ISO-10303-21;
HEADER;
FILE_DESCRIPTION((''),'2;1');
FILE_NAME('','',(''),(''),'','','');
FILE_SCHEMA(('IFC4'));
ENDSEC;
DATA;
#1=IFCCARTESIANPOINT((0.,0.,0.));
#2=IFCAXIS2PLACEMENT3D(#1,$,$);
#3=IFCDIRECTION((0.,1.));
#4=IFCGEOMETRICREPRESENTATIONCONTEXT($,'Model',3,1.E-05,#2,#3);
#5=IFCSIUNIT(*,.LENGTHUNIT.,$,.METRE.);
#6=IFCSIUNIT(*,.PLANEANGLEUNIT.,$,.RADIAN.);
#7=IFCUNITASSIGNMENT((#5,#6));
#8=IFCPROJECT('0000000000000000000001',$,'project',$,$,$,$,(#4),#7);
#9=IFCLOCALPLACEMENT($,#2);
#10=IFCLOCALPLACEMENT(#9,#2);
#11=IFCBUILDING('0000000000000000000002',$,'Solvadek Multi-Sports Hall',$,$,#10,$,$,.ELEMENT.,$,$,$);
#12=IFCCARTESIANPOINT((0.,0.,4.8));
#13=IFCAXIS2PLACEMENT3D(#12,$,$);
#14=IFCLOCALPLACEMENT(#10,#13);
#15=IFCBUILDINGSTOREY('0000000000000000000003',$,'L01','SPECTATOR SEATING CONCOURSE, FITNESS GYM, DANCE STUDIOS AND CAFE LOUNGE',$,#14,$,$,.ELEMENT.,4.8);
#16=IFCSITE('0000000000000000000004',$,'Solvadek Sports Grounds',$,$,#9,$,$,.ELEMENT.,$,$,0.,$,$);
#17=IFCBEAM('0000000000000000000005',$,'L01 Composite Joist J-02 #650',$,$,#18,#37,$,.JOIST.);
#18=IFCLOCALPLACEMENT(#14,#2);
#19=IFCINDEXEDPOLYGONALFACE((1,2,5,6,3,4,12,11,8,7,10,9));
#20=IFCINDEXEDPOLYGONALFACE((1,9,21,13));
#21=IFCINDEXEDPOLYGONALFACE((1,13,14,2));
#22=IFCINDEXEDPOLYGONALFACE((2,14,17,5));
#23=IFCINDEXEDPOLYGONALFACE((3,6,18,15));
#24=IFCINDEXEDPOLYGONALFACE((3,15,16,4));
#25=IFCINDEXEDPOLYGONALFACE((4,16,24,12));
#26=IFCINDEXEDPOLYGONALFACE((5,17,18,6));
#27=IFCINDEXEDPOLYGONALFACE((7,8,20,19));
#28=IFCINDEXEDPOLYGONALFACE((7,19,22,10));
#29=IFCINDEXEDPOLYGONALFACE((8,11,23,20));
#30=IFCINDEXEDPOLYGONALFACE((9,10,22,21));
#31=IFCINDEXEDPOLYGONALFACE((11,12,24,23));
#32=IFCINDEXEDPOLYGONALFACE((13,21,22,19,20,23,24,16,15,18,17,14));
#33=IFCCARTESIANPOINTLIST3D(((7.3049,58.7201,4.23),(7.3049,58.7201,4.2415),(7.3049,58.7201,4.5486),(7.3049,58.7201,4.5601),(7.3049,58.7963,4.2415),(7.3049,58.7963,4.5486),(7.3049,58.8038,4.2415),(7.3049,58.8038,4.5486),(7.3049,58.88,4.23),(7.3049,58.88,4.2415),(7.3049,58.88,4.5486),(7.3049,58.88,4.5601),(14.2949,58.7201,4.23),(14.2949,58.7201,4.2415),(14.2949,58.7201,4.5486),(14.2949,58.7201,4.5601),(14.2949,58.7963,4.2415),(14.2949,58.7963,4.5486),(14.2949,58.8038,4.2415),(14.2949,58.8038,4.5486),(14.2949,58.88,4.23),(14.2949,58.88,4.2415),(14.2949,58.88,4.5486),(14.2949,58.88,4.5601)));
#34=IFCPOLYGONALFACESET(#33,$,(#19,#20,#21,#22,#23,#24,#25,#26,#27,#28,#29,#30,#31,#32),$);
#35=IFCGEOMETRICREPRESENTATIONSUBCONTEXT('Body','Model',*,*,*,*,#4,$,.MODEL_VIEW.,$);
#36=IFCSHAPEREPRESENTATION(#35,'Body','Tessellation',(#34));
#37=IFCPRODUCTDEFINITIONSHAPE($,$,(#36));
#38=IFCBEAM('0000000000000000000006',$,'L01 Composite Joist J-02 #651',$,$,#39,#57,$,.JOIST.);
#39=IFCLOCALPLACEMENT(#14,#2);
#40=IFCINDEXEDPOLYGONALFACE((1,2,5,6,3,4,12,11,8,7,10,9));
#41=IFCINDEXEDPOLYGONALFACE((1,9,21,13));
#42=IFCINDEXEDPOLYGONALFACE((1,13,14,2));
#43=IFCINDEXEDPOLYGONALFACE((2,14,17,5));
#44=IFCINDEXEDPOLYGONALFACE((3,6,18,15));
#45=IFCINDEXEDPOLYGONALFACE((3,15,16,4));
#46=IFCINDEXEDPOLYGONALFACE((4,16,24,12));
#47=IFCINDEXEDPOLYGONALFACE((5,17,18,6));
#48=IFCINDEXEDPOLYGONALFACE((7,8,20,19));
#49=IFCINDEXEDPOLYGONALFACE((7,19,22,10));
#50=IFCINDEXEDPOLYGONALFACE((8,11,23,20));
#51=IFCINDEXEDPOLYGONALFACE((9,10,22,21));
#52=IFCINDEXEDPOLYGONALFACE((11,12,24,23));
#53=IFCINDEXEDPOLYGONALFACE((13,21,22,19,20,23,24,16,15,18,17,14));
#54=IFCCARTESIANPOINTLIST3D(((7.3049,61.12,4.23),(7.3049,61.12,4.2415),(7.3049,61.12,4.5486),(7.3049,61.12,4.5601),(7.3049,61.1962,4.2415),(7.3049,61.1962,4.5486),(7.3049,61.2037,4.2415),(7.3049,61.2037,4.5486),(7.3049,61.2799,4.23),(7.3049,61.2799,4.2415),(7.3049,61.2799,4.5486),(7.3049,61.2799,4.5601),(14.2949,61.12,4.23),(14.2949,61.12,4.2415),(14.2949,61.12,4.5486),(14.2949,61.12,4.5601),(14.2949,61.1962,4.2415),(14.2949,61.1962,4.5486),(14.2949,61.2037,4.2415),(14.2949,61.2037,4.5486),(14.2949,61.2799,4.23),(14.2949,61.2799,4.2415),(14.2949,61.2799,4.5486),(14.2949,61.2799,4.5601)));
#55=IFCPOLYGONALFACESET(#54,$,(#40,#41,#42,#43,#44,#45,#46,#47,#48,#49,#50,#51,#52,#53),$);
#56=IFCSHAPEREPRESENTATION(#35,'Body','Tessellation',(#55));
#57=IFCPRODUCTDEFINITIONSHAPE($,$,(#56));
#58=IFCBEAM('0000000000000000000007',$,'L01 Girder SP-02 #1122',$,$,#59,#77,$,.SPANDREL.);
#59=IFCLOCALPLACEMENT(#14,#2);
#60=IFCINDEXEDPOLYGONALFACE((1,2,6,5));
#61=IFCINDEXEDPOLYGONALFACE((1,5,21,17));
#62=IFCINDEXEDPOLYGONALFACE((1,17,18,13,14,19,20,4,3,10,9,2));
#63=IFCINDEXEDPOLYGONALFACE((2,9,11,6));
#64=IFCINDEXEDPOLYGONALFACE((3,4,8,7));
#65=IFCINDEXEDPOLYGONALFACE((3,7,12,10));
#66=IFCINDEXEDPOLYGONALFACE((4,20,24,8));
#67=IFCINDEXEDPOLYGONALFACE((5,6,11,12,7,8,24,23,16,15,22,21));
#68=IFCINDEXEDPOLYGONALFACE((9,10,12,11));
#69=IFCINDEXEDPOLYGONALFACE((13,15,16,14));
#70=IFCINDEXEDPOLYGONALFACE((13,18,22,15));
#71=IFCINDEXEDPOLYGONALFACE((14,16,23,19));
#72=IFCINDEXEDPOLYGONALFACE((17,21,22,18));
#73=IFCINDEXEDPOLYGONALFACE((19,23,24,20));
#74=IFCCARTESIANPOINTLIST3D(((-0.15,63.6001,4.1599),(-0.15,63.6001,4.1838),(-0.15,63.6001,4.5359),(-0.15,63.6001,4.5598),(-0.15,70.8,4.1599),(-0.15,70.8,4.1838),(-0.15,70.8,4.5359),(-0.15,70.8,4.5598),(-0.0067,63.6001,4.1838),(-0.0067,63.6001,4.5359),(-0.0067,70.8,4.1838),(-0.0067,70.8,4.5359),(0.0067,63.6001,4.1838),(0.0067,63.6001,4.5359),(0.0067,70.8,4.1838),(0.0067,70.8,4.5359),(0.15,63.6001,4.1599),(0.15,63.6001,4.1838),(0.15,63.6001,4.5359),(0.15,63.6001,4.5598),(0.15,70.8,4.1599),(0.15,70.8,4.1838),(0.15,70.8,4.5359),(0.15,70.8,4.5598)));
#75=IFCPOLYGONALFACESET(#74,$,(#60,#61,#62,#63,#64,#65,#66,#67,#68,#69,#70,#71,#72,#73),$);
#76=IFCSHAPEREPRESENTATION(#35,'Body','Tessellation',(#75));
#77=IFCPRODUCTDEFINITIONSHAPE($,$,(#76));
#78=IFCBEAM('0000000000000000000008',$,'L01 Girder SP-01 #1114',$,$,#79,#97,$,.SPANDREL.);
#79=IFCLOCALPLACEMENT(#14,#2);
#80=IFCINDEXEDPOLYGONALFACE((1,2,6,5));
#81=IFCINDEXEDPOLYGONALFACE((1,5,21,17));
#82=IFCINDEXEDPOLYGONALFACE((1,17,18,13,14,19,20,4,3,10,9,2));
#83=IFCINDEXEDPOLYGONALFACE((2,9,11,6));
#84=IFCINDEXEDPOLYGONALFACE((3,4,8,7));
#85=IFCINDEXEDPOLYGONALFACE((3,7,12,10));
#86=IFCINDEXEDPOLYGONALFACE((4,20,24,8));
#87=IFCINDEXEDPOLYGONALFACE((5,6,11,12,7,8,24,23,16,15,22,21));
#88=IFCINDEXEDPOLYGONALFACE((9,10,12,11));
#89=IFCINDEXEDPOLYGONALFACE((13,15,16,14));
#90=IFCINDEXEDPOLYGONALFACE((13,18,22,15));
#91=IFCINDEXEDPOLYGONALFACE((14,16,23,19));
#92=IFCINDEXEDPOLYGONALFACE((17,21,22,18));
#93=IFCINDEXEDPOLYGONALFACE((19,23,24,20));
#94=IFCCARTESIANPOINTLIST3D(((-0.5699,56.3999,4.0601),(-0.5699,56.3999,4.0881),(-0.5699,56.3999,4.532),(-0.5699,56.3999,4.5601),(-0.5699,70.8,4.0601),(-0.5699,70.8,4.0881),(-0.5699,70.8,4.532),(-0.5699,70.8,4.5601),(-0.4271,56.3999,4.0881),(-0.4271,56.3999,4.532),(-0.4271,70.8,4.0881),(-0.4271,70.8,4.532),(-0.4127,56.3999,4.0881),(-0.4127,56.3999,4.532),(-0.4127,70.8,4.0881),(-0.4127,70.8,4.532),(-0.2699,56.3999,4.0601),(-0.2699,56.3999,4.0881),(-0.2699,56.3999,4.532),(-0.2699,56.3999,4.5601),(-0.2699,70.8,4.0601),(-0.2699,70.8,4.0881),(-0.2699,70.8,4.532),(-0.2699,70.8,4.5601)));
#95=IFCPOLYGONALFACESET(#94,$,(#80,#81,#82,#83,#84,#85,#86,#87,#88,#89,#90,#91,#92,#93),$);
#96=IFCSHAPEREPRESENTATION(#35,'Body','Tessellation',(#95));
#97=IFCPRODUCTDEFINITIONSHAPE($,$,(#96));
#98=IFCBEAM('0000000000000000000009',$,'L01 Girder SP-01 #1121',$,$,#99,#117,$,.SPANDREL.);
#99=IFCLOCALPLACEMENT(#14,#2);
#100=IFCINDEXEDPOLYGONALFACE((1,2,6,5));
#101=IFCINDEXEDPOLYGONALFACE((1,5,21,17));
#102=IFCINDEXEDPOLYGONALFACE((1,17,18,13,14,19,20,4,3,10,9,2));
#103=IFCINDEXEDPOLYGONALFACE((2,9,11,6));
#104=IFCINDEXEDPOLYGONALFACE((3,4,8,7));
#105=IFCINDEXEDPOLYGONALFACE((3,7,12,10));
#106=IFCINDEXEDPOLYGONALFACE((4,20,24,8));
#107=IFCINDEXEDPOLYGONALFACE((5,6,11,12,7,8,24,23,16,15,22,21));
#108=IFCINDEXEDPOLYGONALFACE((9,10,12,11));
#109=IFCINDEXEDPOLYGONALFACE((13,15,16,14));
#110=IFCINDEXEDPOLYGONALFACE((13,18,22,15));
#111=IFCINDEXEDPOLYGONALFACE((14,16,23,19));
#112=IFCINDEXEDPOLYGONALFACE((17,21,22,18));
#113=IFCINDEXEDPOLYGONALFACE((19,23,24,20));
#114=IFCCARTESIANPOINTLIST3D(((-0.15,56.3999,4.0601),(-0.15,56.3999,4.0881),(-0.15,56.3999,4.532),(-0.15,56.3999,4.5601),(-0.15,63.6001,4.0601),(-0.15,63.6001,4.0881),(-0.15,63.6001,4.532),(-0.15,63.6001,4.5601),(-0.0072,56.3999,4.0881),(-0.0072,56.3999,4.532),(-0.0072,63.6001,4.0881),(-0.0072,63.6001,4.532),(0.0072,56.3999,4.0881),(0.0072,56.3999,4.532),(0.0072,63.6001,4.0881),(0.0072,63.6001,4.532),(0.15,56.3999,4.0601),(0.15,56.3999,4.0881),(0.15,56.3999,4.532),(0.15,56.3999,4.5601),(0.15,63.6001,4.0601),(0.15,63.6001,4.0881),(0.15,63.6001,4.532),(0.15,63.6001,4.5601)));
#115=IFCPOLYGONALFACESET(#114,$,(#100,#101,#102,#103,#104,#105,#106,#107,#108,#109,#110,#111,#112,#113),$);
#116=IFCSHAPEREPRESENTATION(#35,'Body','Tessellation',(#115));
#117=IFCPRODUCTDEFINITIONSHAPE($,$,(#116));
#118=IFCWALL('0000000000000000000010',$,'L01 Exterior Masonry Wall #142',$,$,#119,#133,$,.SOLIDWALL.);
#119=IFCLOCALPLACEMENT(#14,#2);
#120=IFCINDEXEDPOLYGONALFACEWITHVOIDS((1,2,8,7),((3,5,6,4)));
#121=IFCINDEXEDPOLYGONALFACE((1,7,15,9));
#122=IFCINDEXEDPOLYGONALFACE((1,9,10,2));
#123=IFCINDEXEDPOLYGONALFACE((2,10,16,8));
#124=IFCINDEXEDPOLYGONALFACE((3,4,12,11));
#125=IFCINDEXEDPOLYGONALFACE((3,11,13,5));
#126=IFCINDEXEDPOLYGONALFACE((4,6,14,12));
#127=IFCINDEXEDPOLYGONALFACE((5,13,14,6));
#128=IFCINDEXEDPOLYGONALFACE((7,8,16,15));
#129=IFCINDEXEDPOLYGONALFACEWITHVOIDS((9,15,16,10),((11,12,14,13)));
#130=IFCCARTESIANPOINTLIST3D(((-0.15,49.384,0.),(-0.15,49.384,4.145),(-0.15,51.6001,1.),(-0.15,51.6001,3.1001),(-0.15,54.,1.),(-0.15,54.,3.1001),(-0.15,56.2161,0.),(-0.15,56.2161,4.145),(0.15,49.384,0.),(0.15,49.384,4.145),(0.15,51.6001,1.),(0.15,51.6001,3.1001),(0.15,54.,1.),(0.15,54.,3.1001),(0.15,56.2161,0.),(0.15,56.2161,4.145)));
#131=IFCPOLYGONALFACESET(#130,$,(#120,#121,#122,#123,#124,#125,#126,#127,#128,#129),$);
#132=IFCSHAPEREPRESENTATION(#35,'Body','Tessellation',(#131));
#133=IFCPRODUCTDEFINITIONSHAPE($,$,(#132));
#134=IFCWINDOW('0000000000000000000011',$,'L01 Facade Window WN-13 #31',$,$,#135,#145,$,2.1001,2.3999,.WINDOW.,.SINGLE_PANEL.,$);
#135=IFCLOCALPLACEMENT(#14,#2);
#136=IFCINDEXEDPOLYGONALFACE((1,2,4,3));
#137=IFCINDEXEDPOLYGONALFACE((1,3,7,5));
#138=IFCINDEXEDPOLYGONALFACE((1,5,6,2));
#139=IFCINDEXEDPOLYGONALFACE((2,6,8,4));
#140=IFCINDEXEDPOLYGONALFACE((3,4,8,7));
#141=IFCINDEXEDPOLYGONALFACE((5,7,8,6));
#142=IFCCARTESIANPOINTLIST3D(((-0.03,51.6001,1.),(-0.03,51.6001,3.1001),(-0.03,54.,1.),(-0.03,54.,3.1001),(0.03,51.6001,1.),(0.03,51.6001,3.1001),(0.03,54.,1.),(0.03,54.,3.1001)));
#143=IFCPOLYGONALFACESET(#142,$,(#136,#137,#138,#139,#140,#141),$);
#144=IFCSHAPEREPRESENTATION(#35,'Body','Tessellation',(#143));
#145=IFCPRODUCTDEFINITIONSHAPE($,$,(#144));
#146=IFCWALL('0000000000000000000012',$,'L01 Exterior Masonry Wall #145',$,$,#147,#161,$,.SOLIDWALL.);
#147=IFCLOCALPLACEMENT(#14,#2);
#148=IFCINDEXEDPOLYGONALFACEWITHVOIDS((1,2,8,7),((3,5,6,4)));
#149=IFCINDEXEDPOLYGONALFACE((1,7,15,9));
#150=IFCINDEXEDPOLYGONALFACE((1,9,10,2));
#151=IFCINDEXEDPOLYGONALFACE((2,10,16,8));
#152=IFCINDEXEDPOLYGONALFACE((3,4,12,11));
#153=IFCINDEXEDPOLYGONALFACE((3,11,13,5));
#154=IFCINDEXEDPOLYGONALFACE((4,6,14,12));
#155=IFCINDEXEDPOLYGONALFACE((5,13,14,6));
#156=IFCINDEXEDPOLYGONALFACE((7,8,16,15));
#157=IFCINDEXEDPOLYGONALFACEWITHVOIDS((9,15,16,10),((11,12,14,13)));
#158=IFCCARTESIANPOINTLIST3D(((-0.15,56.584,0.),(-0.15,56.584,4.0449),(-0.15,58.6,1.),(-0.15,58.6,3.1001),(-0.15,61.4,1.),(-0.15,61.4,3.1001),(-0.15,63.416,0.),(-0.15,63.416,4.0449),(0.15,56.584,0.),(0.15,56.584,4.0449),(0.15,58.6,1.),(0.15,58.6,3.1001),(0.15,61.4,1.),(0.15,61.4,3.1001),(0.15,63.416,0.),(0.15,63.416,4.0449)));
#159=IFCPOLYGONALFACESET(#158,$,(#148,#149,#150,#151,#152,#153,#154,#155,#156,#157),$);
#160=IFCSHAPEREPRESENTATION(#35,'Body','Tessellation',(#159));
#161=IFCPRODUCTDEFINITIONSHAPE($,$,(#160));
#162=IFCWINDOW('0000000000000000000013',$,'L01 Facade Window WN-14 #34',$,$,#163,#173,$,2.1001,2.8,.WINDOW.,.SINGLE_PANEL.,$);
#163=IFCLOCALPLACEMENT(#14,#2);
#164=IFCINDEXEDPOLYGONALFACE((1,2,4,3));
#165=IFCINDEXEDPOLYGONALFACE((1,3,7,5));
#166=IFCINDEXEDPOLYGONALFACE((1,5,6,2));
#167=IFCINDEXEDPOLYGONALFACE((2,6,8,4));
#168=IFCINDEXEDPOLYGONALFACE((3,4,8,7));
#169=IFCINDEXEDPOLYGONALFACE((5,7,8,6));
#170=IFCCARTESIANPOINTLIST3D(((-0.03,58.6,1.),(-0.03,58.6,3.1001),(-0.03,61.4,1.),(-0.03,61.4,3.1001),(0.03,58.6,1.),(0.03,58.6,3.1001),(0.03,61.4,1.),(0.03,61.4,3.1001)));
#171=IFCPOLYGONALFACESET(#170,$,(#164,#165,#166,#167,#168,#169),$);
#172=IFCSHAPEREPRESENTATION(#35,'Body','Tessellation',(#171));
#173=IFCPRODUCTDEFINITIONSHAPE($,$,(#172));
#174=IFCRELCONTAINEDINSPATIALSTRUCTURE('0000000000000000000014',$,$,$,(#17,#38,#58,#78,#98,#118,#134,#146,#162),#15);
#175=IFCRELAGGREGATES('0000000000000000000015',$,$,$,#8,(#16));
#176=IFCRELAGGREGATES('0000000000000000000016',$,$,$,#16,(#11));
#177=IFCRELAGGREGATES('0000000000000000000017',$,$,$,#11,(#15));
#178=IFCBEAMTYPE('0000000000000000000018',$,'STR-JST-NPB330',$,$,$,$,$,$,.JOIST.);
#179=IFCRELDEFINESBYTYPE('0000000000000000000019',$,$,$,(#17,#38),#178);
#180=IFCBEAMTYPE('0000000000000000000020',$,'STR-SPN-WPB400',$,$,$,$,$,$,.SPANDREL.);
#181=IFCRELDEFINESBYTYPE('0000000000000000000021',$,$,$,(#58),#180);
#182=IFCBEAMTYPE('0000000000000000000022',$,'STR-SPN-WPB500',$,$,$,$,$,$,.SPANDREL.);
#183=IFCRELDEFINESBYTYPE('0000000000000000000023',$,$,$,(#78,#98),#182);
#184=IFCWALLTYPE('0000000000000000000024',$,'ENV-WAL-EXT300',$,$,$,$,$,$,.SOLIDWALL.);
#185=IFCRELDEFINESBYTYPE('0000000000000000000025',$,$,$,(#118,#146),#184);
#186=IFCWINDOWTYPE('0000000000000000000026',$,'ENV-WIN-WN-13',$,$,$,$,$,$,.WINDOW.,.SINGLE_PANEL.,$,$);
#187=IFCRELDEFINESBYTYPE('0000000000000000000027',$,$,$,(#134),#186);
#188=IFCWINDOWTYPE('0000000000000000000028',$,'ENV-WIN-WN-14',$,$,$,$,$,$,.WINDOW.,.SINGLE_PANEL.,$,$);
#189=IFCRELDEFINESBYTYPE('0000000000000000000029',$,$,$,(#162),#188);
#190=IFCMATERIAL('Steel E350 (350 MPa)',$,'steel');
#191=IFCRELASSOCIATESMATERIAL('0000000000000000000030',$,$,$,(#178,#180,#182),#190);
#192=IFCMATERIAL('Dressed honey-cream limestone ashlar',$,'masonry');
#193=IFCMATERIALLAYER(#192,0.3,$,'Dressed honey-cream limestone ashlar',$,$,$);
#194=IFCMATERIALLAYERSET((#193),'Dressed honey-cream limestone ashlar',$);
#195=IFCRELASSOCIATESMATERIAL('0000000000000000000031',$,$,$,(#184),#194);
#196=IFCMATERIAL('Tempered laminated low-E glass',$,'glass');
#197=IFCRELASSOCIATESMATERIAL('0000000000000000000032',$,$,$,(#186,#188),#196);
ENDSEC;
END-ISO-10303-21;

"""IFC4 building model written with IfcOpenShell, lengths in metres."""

from ifc_helpers import new_model, si_unit, direction, frame, frame_2d, origin, origin_2d, place, context, subcontext, project, spatial, rectangle, i_section, extrude, material, layer, layer_set, material_profile, profile_set, type_object, element, fill, save


model = new_model("IFC4")

# Units and contexts
model_context = context("Model", 3, precision=1e-05, world=origin(), true_north=direction((0.0, 1.0)))
body_context = subcontext(model_context, "Body", "Model", "MODEL_VIEW")
ifc_project = project(units=[si_unit("LENGTHUNIT", "METRE"), si_unit("PLANEANGLEUNIT", "RADIAN")], contexts=[model_context])

# Site, building, storey
site_placement = place(None, origin())
site = spatial("IfcSite", under=ifc_project, at=site_placement, Name="Solvadek Sports Grounds", CompositionType="ELEMENT", RefElevation=0.0)
building_placement = place(site_placement, origin())
building = spatial("IfcBuilding", under=site, at=building_placement, Name="Solvadek Multi-Sports Hall", CompositionType="ELEMENT")
storey_placement = place(building_placement, frame((0.0, 0.0, 4.8)))
storey = spatial("IfcBuildingStorey", under=building, at=storey_placement, Name="L01", Description="SPECTATOR SEATING CONCOURSE, FITNESS GYM, DANCE STUDIOS AND CAFE LOUNGE", CompositionType="ELEMENT", Elevation=4.8)

# Shared definitions
ifc_material_1 = material(Name="Steel E350 (350 MPa)", Category="steel")

# Beams
ifc_material_profile_1 = material_profile(ifc_material_1, i_section(OverallWidth=0.1599, OverallDepth=0.3301, WebThickness=0.0076, FlangeThickness=0.0115, at=origin_2d()), Name="NPB 330")
ifc_profile_set_1 = profile_set([ifc_material_profile_1], Name="Steel E350 (350 MPa)")
beam_type_1 = type_object("IfcBeamType", Name="STR-JST-NPB330", PredefinedType="JOIST", material=ifc_profile_set_1)
for number, where, z_axis, x_axis, name in (
    (1, (7.3049, 58.8, 4.395), (1.0, 0.0, 0.0), (0.0, 1.0, 0.0), "L01 Composite Joist J-02 #650"),
    (2, (7.3049, 61.2, 4.395), (1.0, 0.0, 0.0), (0.0, 1.0, 0.0), "L01 Composite Joist J-02 #651"),
):
    element("IfcBeam", number, at=place(storey_placement, frame(where, z_axis=z_axis, x_axis=x_axis)), inside=storey, type_object=beam_type_1, Name=name, PredefinedType="JOIST", context=body_context, shape_type="SweptSolid", body=[
        extrude(i_section(OverallWidth=0.1599, OverallDepth=0.3301, WebThickness=0.0076, FlangeThickness=0.0115, at=origin_2d()), origin(), (0.0, 0.0, 1.0), 6.99),
    ])
ifc_material_profile_2 = material_profile(ifc_material_1, i_section(OverallWidth=0.3, OverallDepth=0.3999, WebThickness=0.0134, FlangeThickness=0.0239, at=origin_2d()), Name="WPB 400")
ifc_profile_set_2 = profile_set([ifc_material_profile_2], Name="Steel E350 (350 MPa)")
beam_type_2 = type_object("IfcBeamType", Name="STR-SPN-WPB400", PredefinedType="SPANDREL", material=ifc_profile_set_2)
beam_1_placement = place(storey_placement, frame((0.0, 63.6001, 4.3599), z_axis=(0.0, 1.0, 0.0), x_axis=(-1.0, 0.0, 0.0)))
element("IfcBeam", 3, at=beam_1_placement, inside=storey, type_object=beam_type_2, Name="L01 Girder SP-02 #1122", PredefinedType="SPANDREL", context=body_context, shape_type="SweptSolid", body=[
    extrude(i_section(OverallWidth=0.3, OverallDepth=0.3999, WebThickness=0.0134, FlangeThickness=0.0239, at=origin_2d()), origin(), (0.0, 0.0, 1.0), 7.2),
])
ifc_material_profile_3 = material_profile(ifc_material_1, i_section(OverallWidth=0.3, OverallDepth=0.5, WebThickness=0.0144, FlangeThickness=0.0281, at=origin_2d()), Name="WPB 500")
ifc_profile_set_3 = profile_set([ifc_material_profile_3], Name="Steel E350 (350 MPa)")
beam_type_3 = type_object("IfcBeamType", Name="STR-SPN-WPB500", PredefinedType="SPANDREL", material=ifc_profile_set_3)
beam_2_placement = place(storey_placement, frame((-0.4199, 56.3999, 4.3101), z_axis=(0.0, 1.0, 0.0), x_axis=(-1.0, 0.0, 0.0)))
element("IfcBeam", 4, at=beam_2_placement, inside=storey, type_object=beam_type_3, Name="L01 Girder SP-01 #1114", PredefinedType="SPANDREL", context=body_context, shape_type="SweptSolid", body=[
    extrude(i_section(OverallWidth=0.3, OverallDepth=0.5, WebThickness=0.0144, FlangeThickness=0.0281, at=origin_2d()), origin(), (0.0, 0.0, 1.0), 14.4001),
])
beam_3_placement = place(storey_placement, frame((0.0, 56.3999, 4.3101), z_axis=(0.0, 1.0, 0.0), x_axis=(-1.0, 0.0, 0.0)))
element("IfcBeam", 5, at=beam_3_placement, inside=storey, type_object=beam_type_3, Name="L01 Girder SP-01 #1121", PredefinedType="SPANDREL", context=body_context, shape_type="SweptSolid", body=[
    extrude(i_section(OverallWidth=0.3, OverallDepth=0.5, WebThickness=0.0144, FlangeThickness=0.0281, at=origin_2d()), origin(), (0.0, 0.0, 1.0), 7.2002),
])

# Walls, openings, windows
ifc_material_2 = material(Name="Dressed honey-cream limestone ashlar", Category="masonry")
ifc_layer = layer(ifc_material_2, 0.3, Name="Dressed honey-cream limestone ashlar")
ifc_layer_set = layer_set([ifc_layer], Name="Dressed honey-cream limestone ashlar")
wall_type = type_object("IfcWallType", Name="ENV-WAL-EXT300", PredefinedType="SOLIDWALL", material=ifc_layer_set)
wall_1_placement = place(storey_placement, frame((0.0, 49.384, 0.0), z_axis=(0.0, 0.0, 1.0), x_axis=(0.0, 1.0, 0.0)))
wall_1 = element("IfcWall", 6, at=wall_1_placement, inside=storey, type_object=wall_type, Name="L01 Exterior Masonry Wall #142", PredefinedType="SOLIDWALL", context=body_context, shape_type="SweptSolid", body=[
    extrude(rectangle(XDim=6.832, YDim=0.3, at=frame_2d((3.416, 0.0))), origin(), (0.0, 0.0, 1.0), 4.145),
])
opening_1_placement = place(wall_1_placement, frame((2.2161, 0.0, 1.0)))
opening_1 = element("IfcOpeningElement", 7, at=opening_1_placement, cuts=wall_1, PredefinedType="OPENING", context=body_context, shape_type="SweptSolid", body=[
    extrude(rectangle(XDim=2.3999, YDim=2.1001, at=frame_2d((1.2, 1.05))), frame((0.0, 0.1599, 0.0), z_axis=(0.0, -1.0, 0.0), x_axis=(1.0, 0.0, 0.0)), (0.0, 0.0, 1.0), 0.3201),
])
ifc_material_3 = material(Name="Tempered laminated low-E glass", Category="glass")
window_type_1 = type_object("IfcWindowType", Name="ENV-WIN-WN-13", PartitioningType="SINGLE_PANEL", PredefinedType="WINDOW", material=ifc_material_3)
window_1_placement = place(opening_1_placement, origin())
window_1 = element("IfcWindow", 8, at=window_1_placement, inside=storey, type_object=window_type_1, Name="L01 Facade Window WN-13 #31", OverallHeight=2.1001, OverallWidth=2.3999, PartitioningType="SINGLE_PANEL", PredefinedType="WINDOW", context=body_context, shape_type="SweptSolid", body=[
    extrude(rectangle(XDim=2.3999, YDim=2.1001, at=frame_2d((1.2, 1.05))), frame((0.0, 0.03, 0.0), z_axis=(0.0, -1.0, 0.0), x_axis=(1.0, 0.0, 0.0)), (0.0, 0.0, 1.0), 0.0601),
])
fill(opening_1, window_1)
wall_2_placement = place(storey_placement, frame((0.0, 56.584, 0.0), z_axis=(0.0, 0.0, 1.0), x_axis=(0.0, 1.0, 0.0)))
wall_2 = element("IfcWall", 9, at=wall_2_placement, inside=storey, type_object=wall_type, Name="L01 Exterior Masonry Wall #145", PredefinedType="SOLIDWALL", context=body_context, shape_type="SweptSolid", body=[
    extrude(rectangle(XDim=6.832, YDim=0.3, at=frame_2d((3.416, 0.0))), origin(), (0.0, 0.0, 1.0), 4.0449),
])
opening_2_placement = place(wall_2_placement, frame((2.0161, 0.0, 1.0)))
opening_2 = element("IfcOpeningElement", 10, at=opening_2_placement, cuts=wall_2, PredefinedType="OPENING", context=body_context, shape_type="SweptSolid", body=[
    extrude(rectangle(XDim=2.8, YDim=2.1001, at=frame_2d((1.3999, 1.05))), frame((0.0, 0.1599, 0.0), z_axis=(0.0, -1.0, 0.0), x_axis=(1.0, 0.0, 0.0)), (0.0, 0.0, 1.0), 0.3201),
])
window_type_2 = type_object("IfcWindowType", Name="ENV-WIN-WN-14", PartitioningType="SINGLE_PANEL", PredefinedType="WINDOW", material=ifc_material_3)
window_2_placement = place(opening_2_placement, origin())
window_2 = element("IfcWindow", 11, at=window_2_placement, inside=storey, type_object=window_type_2, Name="L01 Facade Window WN-14 #34", OverallHeight=2.1001, OverallWidth=2.8, PartitioningType="SINGLE_PANEL", PredefinedType="WINDOW", context=body_context, shape_type="SweptSolid", body=[
    extrude(rectangle(XDim=2.8, YDim=2.1001, at=frame_2d((1.3999, 1.05))), frame((0.0, 0.03, 0.0), z_axis=(0.0, -1.0, 0.0), x_axis=(1.0, 0.0, 0.0)), (0.0, 0.0, 1.0), 0.0601),
])
fill(opening_2, window_2)

save(model, "model.ifc")
